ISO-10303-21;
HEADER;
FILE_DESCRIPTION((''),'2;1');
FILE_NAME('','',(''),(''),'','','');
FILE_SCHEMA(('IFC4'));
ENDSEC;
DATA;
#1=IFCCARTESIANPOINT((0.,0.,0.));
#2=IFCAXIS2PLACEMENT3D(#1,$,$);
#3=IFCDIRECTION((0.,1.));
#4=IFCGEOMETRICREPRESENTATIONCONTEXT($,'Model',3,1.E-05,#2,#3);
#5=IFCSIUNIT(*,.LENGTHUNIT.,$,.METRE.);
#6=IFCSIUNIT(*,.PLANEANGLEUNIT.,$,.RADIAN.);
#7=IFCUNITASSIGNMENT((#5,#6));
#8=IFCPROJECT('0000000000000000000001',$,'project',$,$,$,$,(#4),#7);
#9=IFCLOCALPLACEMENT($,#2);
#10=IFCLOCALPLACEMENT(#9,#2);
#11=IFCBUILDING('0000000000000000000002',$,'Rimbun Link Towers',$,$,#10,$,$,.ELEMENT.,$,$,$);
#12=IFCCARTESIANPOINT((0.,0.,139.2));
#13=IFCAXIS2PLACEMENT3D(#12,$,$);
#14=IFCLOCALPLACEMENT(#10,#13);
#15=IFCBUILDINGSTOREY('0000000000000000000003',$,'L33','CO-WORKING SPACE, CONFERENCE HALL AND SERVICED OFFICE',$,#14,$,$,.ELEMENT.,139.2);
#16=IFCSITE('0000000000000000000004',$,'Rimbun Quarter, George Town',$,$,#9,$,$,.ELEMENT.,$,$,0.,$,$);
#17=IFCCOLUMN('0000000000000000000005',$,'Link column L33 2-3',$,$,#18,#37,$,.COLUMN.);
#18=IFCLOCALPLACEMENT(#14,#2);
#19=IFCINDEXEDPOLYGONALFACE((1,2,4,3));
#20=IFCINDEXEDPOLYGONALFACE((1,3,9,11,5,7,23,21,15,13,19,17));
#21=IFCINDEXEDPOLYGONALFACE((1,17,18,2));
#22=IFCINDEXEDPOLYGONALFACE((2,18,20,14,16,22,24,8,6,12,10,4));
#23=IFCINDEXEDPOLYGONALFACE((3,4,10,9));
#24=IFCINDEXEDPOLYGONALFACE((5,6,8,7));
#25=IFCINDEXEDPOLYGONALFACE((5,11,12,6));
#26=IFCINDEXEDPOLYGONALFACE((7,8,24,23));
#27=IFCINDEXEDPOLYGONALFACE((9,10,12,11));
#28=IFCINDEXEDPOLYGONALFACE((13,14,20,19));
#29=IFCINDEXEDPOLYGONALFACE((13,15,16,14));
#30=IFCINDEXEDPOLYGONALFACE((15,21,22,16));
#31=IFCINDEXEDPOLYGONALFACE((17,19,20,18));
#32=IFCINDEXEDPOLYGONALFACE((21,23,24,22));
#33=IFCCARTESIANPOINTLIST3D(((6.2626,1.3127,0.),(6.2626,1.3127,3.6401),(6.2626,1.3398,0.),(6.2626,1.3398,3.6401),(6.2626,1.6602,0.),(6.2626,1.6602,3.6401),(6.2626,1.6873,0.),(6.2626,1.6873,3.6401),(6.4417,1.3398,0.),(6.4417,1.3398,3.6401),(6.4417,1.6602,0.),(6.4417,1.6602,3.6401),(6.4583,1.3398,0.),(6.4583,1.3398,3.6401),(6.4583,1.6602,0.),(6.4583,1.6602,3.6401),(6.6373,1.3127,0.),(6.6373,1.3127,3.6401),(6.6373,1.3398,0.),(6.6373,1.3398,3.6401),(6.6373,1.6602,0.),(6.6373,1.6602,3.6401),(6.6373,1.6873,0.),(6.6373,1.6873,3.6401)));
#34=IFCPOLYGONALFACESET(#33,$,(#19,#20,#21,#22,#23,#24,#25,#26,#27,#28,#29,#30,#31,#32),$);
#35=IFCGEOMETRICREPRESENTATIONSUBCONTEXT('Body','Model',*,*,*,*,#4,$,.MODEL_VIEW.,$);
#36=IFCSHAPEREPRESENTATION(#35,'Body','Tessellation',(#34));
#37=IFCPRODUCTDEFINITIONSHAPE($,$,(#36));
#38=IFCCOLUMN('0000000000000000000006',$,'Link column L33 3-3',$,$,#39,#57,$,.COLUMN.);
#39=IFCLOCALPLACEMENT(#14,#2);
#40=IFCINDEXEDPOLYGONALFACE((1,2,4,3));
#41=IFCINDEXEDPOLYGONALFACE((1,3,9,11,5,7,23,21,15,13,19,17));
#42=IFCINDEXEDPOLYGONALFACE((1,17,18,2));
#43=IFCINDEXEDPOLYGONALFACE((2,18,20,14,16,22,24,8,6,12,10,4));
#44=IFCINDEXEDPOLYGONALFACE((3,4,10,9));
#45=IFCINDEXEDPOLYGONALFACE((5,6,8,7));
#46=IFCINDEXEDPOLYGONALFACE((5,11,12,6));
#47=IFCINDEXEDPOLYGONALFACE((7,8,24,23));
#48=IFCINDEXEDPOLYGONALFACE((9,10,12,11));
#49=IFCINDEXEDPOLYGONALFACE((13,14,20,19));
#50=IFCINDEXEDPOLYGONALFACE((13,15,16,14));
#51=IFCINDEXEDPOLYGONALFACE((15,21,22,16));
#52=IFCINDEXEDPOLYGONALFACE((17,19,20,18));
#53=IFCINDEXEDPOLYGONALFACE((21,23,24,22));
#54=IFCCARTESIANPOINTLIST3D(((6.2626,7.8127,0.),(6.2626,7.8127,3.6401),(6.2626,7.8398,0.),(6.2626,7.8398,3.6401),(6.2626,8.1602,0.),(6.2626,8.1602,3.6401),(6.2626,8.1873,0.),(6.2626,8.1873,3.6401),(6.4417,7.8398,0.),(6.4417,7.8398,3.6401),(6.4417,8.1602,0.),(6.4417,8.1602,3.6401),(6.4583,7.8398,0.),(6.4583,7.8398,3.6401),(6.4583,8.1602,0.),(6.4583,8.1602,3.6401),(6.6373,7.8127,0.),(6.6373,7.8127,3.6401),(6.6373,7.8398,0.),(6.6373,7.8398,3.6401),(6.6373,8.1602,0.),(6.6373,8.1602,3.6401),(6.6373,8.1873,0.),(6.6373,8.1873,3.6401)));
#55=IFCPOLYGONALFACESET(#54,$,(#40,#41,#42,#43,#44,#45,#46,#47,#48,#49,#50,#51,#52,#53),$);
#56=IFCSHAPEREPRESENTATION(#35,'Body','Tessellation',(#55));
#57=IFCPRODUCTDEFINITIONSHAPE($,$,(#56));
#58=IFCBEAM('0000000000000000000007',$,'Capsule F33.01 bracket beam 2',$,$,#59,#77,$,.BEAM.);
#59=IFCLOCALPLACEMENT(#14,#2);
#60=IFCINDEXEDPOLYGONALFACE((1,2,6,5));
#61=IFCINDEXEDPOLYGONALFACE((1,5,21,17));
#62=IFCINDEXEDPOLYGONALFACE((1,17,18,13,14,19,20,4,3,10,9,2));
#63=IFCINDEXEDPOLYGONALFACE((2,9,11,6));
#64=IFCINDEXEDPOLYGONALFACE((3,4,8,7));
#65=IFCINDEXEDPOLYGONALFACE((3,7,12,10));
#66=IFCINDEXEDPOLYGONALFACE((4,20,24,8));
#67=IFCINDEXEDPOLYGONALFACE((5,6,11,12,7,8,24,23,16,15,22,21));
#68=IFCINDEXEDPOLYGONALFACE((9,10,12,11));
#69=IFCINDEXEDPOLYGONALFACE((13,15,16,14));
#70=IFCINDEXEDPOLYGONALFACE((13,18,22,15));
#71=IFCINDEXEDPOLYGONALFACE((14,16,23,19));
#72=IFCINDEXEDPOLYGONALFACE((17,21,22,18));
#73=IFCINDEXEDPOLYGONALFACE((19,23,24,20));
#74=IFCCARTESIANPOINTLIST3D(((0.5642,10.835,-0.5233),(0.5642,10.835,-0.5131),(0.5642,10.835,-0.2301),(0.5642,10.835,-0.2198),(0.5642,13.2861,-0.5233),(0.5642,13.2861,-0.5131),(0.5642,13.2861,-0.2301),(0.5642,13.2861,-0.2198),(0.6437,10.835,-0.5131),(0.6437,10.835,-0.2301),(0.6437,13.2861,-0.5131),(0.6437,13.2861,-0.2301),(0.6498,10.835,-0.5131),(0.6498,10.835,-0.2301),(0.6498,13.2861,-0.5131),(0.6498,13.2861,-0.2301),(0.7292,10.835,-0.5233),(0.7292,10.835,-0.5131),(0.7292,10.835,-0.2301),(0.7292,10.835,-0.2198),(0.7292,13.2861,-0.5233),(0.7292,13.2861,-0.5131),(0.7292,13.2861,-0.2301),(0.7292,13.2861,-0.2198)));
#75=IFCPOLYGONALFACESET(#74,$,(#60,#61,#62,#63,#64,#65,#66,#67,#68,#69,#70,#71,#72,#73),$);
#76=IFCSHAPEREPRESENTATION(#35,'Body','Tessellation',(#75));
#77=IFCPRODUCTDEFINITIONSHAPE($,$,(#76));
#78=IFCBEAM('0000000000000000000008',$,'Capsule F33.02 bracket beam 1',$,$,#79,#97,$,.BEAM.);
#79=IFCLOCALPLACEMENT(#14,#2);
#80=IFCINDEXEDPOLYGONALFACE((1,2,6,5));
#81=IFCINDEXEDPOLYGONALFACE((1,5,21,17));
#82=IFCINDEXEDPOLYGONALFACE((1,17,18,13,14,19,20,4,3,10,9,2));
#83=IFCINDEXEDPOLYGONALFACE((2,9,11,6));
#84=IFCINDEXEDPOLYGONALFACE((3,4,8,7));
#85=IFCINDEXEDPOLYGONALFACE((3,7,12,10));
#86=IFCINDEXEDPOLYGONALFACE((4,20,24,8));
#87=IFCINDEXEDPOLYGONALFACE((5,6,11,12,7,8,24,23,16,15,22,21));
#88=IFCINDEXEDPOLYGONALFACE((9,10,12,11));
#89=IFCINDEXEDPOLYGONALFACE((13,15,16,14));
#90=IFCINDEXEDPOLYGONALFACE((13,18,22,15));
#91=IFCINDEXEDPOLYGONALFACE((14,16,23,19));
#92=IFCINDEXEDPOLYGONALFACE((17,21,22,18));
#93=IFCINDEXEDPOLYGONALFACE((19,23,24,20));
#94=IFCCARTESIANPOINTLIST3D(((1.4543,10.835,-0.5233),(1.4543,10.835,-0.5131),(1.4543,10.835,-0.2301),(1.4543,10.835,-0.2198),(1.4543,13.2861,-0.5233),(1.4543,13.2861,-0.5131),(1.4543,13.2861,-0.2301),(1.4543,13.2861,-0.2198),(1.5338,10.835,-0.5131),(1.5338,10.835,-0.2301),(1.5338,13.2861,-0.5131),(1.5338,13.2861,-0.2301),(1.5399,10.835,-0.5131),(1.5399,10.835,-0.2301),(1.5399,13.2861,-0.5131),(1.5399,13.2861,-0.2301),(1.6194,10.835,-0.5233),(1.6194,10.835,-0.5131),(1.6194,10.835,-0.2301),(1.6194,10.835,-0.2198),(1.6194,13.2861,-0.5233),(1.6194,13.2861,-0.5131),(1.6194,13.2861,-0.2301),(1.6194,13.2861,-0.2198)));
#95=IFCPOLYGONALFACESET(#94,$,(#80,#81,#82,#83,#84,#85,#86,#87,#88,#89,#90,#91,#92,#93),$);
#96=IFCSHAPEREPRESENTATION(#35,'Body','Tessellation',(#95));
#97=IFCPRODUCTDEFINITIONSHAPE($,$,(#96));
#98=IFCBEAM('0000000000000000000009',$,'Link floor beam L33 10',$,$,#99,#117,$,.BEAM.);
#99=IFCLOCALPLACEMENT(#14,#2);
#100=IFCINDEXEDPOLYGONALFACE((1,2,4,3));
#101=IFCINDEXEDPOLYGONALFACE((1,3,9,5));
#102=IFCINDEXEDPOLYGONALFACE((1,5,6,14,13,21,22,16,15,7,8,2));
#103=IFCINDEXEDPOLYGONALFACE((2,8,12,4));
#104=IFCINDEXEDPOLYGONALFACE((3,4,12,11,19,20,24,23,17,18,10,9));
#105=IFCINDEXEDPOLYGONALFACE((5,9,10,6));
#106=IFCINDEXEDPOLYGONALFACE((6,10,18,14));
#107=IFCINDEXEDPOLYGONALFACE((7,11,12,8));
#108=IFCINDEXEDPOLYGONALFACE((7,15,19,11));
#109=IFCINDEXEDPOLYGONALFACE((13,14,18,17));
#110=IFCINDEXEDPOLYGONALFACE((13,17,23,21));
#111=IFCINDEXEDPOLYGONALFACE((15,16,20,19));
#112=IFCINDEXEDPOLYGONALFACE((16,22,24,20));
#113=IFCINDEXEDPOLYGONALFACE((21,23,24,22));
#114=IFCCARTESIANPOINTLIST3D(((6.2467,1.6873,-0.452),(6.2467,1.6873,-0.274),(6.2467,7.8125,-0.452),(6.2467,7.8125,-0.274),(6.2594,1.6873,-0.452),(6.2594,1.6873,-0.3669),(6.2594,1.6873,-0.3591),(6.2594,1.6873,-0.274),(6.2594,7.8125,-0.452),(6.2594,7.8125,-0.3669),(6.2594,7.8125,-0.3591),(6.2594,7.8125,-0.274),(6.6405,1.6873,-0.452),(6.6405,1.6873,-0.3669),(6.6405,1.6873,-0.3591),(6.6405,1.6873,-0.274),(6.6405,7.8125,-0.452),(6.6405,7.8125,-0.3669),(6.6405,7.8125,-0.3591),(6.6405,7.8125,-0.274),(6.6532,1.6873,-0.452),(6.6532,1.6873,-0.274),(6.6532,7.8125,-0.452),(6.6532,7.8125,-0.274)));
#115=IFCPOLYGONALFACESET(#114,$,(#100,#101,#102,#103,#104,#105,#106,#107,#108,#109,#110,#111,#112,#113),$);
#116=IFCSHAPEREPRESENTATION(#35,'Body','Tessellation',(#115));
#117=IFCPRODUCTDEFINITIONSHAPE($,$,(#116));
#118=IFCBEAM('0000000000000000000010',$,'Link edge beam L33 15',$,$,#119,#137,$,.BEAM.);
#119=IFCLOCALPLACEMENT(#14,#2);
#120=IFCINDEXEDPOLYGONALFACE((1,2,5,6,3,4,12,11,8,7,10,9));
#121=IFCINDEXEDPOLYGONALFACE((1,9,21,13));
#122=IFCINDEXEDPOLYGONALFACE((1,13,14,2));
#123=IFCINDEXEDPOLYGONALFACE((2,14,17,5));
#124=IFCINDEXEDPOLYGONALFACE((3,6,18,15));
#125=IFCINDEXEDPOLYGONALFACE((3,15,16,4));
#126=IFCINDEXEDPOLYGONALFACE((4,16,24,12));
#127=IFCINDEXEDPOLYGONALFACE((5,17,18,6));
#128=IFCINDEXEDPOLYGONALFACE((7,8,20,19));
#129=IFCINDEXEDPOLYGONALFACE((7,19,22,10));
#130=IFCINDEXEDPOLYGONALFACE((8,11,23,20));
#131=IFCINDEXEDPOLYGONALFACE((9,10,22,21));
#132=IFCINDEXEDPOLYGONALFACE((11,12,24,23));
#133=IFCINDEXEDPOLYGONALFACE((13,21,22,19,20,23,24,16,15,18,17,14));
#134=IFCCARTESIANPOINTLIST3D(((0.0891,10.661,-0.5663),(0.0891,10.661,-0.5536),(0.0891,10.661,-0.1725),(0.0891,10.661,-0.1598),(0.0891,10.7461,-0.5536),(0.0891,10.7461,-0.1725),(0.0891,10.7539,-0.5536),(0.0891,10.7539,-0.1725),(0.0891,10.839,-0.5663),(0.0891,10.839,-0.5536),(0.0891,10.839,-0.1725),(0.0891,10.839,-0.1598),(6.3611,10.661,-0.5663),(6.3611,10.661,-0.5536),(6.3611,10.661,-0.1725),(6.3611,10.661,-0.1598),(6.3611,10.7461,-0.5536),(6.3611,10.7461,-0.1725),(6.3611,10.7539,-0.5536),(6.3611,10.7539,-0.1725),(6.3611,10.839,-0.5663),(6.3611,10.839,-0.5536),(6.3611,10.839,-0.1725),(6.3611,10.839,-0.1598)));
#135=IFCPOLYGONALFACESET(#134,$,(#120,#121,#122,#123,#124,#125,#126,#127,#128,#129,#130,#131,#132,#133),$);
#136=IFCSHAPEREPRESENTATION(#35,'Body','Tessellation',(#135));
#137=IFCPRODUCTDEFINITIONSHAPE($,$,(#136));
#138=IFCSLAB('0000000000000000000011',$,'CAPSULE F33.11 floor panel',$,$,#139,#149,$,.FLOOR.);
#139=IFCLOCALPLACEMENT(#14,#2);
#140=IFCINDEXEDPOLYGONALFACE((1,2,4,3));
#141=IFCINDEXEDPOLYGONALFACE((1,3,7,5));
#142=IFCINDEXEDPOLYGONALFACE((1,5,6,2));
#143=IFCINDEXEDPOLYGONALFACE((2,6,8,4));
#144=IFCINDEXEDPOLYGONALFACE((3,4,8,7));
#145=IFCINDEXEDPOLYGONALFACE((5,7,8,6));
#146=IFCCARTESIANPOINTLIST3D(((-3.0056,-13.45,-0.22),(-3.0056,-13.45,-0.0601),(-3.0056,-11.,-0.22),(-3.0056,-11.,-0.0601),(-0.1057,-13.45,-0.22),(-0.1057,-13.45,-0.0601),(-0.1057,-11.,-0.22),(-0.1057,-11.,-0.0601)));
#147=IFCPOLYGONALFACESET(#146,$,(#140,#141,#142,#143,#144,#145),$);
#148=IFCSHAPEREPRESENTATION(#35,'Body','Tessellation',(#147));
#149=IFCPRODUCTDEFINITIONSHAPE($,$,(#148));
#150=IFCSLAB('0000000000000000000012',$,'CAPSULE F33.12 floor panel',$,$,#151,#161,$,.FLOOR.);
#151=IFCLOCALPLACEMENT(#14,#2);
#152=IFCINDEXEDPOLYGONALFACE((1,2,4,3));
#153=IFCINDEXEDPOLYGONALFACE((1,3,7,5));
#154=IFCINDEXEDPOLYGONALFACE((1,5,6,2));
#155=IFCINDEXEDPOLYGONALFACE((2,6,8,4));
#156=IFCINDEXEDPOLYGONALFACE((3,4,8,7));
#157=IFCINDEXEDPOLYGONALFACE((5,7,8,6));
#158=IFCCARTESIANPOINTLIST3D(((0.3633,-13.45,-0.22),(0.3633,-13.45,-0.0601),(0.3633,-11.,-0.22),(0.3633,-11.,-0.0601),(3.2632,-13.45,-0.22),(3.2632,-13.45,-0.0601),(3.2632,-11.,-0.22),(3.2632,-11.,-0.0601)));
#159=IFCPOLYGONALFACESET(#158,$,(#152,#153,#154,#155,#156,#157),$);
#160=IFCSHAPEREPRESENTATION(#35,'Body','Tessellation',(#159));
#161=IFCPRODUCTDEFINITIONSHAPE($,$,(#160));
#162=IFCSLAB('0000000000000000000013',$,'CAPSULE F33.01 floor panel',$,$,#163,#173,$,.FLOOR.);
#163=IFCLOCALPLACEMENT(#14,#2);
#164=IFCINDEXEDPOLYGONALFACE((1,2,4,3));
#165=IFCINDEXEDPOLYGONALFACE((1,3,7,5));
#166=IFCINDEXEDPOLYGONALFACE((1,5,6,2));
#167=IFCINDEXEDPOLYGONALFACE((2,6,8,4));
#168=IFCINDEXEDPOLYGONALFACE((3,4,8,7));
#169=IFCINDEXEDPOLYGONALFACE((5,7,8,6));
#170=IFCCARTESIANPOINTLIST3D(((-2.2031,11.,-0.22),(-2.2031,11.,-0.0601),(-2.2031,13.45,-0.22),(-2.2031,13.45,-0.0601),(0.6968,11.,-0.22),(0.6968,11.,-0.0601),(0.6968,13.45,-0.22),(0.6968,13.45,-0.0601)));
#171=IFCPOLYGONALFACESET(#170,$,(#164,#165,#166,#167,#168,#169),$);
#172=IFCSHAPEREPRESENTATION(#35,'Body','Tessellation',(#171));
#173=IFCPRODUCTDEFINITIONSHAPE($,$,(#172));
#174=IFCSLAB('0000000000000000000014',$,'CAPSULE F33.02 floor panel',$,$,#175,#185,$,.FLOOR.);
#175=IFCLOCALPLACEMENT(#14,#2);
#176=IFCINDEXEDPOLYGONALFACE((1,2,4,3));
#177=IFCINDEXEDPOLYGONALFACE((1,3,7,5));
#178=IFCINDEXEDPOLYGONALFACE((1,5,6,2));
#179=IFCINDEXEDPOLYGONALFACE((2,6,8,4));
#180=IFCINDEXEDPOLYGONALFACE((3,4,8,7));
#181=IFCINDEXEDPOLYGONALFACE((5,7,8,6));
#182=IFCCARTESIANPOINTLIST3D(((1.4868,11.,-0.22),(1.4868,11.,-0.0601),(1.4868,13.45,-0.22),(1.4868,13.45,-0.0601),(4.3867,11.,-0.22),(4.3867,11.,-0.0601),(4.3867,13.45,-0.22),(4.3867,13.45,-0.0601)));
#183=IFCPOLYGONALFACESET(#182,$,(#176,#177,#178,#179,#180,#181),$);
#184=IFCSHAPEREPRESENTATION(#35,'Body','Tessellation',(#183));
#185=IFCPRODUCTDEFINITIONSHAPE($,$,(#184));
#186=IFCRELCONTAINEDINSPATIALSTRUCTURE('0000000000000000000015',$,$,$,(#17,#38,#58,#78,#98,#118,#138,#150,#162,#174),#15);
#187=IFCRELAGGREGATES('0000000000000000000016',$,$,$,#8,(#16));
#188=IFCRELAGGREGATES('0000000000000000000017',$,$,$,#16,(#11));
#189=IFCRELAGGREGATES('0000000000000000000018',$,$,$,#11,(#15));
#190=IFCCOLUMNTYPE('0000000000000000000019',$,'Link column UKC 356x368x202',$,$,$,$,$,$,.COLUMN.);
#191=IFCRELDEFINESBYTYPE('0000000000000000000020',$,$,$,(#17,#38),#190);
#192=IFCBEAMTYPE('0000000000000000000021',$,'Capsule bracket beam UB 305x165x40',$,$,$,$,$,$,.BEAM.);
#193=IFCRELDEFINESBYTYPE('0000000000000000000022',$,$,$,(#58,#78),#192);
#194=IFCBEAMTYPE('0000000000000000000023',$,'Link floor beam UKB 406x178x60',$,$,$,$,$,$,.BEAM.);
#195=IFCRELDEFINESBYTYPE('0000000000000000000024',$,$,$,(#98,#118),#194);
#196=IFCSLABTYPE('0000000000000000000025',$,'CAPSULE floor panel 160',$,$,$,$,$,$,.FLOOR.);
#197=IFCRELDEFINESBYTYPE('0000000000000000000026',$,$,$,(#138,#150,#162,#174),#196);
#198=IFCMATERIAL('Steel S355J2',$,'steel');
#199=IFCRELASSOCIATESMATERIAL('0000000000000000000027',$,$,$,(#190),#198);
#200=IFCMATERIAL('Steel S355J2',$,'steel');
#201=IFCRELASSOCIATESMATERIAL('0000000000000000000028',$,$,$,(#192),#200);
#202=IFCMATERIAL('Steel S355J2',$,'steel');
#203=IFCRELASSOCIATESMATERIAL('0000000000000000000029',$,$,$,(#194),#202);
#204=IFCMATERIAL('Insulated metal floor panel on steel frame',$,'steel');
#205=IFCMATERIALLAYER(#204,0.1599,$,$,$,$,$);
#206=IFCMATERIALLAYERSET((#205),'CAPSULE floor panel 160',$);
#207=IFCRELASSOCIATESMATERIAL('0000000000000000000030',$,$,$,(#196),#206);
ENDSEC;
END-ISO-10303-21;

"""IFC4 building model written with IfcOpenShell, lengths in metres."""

from ifc_helpers import new_model, si_unit, direction, frame, origin, origin_2d, place, context, subcontext, project, spatial, polyline, i_section, outline, extrude, material, layer, layer_set, material_profile, profile_set, type_object, element, save


model = new_model("IFC4")

# Units and contexts
model_context = context("Model", 3, precision=1e-05, world=origin(), true_north=direction((0.0, 1.0)))
body_context = subcontext(model_context, "Body", "Model", "MODEL_VIEW")
ifc_project = project(units=[si_unit("LENGTHUNIT", "METRE"), si_unit("PLANEANGLEUNIT", "RADIAN")], contexts=[model_context])

# Site, building, storey
site_placement = place(None, origin())
site = spatial("IfcSite", under=ifc_project, at=site_placement, Name="Rimbun Quarter, George Town", CompositionType="ELEMENT", RefElevation=0.0)
building_placement = place(site_placement, origin())
building = spatial("IfcBuilding", under=site, at=building_placement, Name="Rimbun Link Towers", CompositionType="ELEMENT")
storey_placement = place(building_placement, frame((0.0, 0.0, 139.2)))
storey = spatial("IfcBuildingStorey", under=building, at=storey_placement, Name="L33", Description="CO-WORKING SPACE, CONFERENCE HALL AND SERVICED OFFICE", CompositionType="ELEMENT", Elevation=139.2)

# Columns
ifc_material_1 = material(Name="Steel S355J2", Category="steel")
ifc_material_profile_1 = material_profile(ifc_material_1, i_section(OverallWidth=0.3748, OverallDepth=0.3745, WebThickness=0.0166, FlangeThickness=0.0271, at=origin_2d()), Name="UKC 356x368x202")
ifc_profile_set_1 = profile_set([ifc_material_profile_1], Name="Steel S355J2")
column_type = type_object("IfcColumnType", Name="Link column UKC 356x368x202", PredefinedType="COLUMN", material=ifc_profile_set_1)
for number, where, z_axis, x_axis, name in (
    (1, (6.45, 1.5, 0.0), (0.0, 0.0, 1.0), (1.0, 0.0, 0.0), "Link column L33 2-3"),
    (2, (6.45, 8.0, 0.0), (0.0, 0.0, 1.0), (1.0, 0.0, 0.0), "Link column L33 3-3"),
):
    element("IfcColumn", number, at=place(storey_placement, frame(where, z_axis=z_axis, x_axis=x_axis)), inside=storey, type_object=column_type, Name=name, PredefinedType="COLUMN", context=body_context, shape_type="SweptSolid", body=[
        extrude(i_section(OverallWidth=0.3748, OverallDepth=0.3745, WebThickness=0.0166, FlangeThickness=0.0271, at=origin_2d()), origin(), (0.0, 0.0, 1.0), 3.6401),
    ])

# Beams
ifc_material_2 = material(Name="Steel S355J2", Category="steel")
ifc_material_profile_2 = material_profile(ifc_material_2, i_section(OverallWidth=0.165, OverallDepth=0.3035, WebThickness=0.0061, FlangeThickness=0.0103, at=origin_2d()), Name="UB 305x165x40")
ifc_profile_set_2 = profile_set([ifc_material_profile_2], Name="Steel S355J2")
beam_type_1 = type_object("IfcBeamType", Name="Capsule bracket beam UB 305x165x40", PredefinedType="BEAM", material=ifc_profile_set_2)
for number, where, z_axis, x_axis, name in (
    (3, (0.6467, 10.835, -0.3716), (0.0, 1.0, 0.0), (-1.0, 0.0, 0.0), "Capsule F33.01 bracket beam 2"),
    (4, (1.5369, 10.835, -0.3716), (0.0, 1.0, 0.0), (-1.0, 0.0, 0.0), "Capsule F33.02 bracket beam 1"),
):
    element("IfcBeam", number, at=place(storey_placement, frame(where, z_axis=z_axis, x_axis=x_axis)), inside=storey, type_object=beam_type_1, Name=name, PredefinedType="BEAM", context=body_context, shape_type="SweptSolid", body=[
        extrude(i_section(OverallWidth=0.165, OverallDepth=0.3035, WebThickness=0.0061, FlangeThickness=0.0103, at=origin_2d()), origin(), (0.0, 0.0, 1.0), 2.4512),
    ])
ifc_material_3 = material(Name="Steel S355J2", Category="steel")
ifc_material_profile_3 = material_profile(ifc_material_3, i_section(OverallWidth=0.178, OverallDepth=0.4065, WebThickness=0.0078, FlangeThickness=0.0127, at=origin_2d()), Name="UKB 406x178x60")
ifc_profile_set_3 = profile_set([ifc_material_profile_3], Name="Steel S355J2")
beam_type_2 = type_object("IfcBeamType", Name="Link floor beam UKB 406x178x60", PredefinedType="BEAM", material=ifc_profile_set_3)
beam_1_placement = place(storey_placement, frame((6.45, 1.6873, -0.363), z_axis=(0.0, 1.0, 0.0), x_axis=(0.0, 0.0, 1.0)))
element("IfcBeam", 5, at=beam_1_placement, inside=storey, type_object=beam_type_2, Name="Link floor beam L33 10", PredefinedType="BEAM", context=body_context, shape_type="SweptSolid", body=[
    extrude(i_section(OverallWidth=0.178, OverallDepth=0.4065, WebThickness=0.0078, FlangeThickness=0.0127, at=origin_2d()), origin(), (0.0, 0.0, 1.0), 6.1252),
])
beam_2_placement = place(storey_placement, frame((0.0891, 10.75, -0.363), z_axis=(1.0, 0.0, 0.0), x_axis=(0.0, 1.0, 0.0)))
element("IfcBeam", 6, at=beam_2_placement, inside=storey, type_object=beam_type_2, Name="Link edge beam L33 15", PredefinedType="BEAM", context=body_context, shape_type="SweptSolid", body=[
    extrude(i_section(OverallWidth=0.178, OverallDepth=0.4065, WebThickness=0.0078, FlangeThickness=0.0127, at=origin_2d()), origin(), (0.0, 0.0, 1.0), 6.272),
])

# Slabs
ifc_material_4 = material(Name="Insulated metal floor panel on steel frame", Category="steel")
ifc_layer_1 = layer(ifc_material_4, 0.1599)
ifc_layer_set_1 = layer_set([ifc_layer_1], Name="CAPSULE floor panel 160")
slab_type_1 = type_object("IfcSlabType", Name="CAPSULE floor panel 160", PredefinedType="FLOOR", material=ifc_layer_set_1)
slab_1_placement = place(storey_placement, frame((0.0, 0.0, -0.22)))
element("IfcSlab", 7, at=slab_1_placement, inside=storey, type_object=slab_type_1, Name="CAPSULE F33.11 floor panel", PredefinedType="FLOOR", context=body_context, shape_type="SweptSolid", body=[
    extrude(outline(polyline([(-0.1057, -11.0), (-3.0056, -11.0), (-3.0056, -13.45), (-0.1057, -13.45), (-0.1057, -11.0)])), origin(), (0.0, 0.0, 1.0), 0.1599),
])
slab_2_placement = place(storey_placement, frame((0.0, 0.0, -0.22)))
element("IfcSlab", 8, at=slab_2_placement, inside=storey, type_object=slab_type_1, Name="CAPSULE F33.12 floor panel", PredefinedType="FLOOR", context=body_context, shape_type="SweptSolid", body=[
    extrude(outline(polyline([(3.2632, -11.0), (0.3633, -11.0), (0.3633, -13.45), (3.2632, -13.45), (3.2632, -11.0)])), origin(), (0.0, 0.0, 1.0), 0.1599),
])
slab_3_placement = place(storey_placement, frame((0.0, 0.0, -0.22)))
element("IfcSlab", 9, at=slab_3_placement, inside=storey, type_object=slab_type_1, Name="CAPSULE F33.01 floor panel", PredefinedType="FLOOR", context=body_context, shape_type="SweptSolid", body=[
    extrude(outline(polyline([(-2.2031, 11.0), (0.6968, 11.0), (0.6968, 13.45), (-2.2031, 13.45), (-2.2031, 11.0)])), origin(), (0.0, 0.0, 1.0), 0.1599),
])
slab_4_placement = place(storey_placement, frame((0.0, 0.0, -0.22)))
element("IfcSlab", 10, at=slab_4_placement, inside=storey, type_object=slab_type_1, Name="CAPSULE F33.02 floor panel", PredefinedType="FLOOR", context=body_context, shape_type="SweptSolid", body=[
    extrude(outline(polyline([(1.4868, 11.0), (4.3867, 11.0), (4.3867, 13.45), (1.4868, 13.45), (1.4868, 11.0)])), origin(), (0.0, 0.0, 1.0), 0.1599),
])

save(model, "model.ifc")
